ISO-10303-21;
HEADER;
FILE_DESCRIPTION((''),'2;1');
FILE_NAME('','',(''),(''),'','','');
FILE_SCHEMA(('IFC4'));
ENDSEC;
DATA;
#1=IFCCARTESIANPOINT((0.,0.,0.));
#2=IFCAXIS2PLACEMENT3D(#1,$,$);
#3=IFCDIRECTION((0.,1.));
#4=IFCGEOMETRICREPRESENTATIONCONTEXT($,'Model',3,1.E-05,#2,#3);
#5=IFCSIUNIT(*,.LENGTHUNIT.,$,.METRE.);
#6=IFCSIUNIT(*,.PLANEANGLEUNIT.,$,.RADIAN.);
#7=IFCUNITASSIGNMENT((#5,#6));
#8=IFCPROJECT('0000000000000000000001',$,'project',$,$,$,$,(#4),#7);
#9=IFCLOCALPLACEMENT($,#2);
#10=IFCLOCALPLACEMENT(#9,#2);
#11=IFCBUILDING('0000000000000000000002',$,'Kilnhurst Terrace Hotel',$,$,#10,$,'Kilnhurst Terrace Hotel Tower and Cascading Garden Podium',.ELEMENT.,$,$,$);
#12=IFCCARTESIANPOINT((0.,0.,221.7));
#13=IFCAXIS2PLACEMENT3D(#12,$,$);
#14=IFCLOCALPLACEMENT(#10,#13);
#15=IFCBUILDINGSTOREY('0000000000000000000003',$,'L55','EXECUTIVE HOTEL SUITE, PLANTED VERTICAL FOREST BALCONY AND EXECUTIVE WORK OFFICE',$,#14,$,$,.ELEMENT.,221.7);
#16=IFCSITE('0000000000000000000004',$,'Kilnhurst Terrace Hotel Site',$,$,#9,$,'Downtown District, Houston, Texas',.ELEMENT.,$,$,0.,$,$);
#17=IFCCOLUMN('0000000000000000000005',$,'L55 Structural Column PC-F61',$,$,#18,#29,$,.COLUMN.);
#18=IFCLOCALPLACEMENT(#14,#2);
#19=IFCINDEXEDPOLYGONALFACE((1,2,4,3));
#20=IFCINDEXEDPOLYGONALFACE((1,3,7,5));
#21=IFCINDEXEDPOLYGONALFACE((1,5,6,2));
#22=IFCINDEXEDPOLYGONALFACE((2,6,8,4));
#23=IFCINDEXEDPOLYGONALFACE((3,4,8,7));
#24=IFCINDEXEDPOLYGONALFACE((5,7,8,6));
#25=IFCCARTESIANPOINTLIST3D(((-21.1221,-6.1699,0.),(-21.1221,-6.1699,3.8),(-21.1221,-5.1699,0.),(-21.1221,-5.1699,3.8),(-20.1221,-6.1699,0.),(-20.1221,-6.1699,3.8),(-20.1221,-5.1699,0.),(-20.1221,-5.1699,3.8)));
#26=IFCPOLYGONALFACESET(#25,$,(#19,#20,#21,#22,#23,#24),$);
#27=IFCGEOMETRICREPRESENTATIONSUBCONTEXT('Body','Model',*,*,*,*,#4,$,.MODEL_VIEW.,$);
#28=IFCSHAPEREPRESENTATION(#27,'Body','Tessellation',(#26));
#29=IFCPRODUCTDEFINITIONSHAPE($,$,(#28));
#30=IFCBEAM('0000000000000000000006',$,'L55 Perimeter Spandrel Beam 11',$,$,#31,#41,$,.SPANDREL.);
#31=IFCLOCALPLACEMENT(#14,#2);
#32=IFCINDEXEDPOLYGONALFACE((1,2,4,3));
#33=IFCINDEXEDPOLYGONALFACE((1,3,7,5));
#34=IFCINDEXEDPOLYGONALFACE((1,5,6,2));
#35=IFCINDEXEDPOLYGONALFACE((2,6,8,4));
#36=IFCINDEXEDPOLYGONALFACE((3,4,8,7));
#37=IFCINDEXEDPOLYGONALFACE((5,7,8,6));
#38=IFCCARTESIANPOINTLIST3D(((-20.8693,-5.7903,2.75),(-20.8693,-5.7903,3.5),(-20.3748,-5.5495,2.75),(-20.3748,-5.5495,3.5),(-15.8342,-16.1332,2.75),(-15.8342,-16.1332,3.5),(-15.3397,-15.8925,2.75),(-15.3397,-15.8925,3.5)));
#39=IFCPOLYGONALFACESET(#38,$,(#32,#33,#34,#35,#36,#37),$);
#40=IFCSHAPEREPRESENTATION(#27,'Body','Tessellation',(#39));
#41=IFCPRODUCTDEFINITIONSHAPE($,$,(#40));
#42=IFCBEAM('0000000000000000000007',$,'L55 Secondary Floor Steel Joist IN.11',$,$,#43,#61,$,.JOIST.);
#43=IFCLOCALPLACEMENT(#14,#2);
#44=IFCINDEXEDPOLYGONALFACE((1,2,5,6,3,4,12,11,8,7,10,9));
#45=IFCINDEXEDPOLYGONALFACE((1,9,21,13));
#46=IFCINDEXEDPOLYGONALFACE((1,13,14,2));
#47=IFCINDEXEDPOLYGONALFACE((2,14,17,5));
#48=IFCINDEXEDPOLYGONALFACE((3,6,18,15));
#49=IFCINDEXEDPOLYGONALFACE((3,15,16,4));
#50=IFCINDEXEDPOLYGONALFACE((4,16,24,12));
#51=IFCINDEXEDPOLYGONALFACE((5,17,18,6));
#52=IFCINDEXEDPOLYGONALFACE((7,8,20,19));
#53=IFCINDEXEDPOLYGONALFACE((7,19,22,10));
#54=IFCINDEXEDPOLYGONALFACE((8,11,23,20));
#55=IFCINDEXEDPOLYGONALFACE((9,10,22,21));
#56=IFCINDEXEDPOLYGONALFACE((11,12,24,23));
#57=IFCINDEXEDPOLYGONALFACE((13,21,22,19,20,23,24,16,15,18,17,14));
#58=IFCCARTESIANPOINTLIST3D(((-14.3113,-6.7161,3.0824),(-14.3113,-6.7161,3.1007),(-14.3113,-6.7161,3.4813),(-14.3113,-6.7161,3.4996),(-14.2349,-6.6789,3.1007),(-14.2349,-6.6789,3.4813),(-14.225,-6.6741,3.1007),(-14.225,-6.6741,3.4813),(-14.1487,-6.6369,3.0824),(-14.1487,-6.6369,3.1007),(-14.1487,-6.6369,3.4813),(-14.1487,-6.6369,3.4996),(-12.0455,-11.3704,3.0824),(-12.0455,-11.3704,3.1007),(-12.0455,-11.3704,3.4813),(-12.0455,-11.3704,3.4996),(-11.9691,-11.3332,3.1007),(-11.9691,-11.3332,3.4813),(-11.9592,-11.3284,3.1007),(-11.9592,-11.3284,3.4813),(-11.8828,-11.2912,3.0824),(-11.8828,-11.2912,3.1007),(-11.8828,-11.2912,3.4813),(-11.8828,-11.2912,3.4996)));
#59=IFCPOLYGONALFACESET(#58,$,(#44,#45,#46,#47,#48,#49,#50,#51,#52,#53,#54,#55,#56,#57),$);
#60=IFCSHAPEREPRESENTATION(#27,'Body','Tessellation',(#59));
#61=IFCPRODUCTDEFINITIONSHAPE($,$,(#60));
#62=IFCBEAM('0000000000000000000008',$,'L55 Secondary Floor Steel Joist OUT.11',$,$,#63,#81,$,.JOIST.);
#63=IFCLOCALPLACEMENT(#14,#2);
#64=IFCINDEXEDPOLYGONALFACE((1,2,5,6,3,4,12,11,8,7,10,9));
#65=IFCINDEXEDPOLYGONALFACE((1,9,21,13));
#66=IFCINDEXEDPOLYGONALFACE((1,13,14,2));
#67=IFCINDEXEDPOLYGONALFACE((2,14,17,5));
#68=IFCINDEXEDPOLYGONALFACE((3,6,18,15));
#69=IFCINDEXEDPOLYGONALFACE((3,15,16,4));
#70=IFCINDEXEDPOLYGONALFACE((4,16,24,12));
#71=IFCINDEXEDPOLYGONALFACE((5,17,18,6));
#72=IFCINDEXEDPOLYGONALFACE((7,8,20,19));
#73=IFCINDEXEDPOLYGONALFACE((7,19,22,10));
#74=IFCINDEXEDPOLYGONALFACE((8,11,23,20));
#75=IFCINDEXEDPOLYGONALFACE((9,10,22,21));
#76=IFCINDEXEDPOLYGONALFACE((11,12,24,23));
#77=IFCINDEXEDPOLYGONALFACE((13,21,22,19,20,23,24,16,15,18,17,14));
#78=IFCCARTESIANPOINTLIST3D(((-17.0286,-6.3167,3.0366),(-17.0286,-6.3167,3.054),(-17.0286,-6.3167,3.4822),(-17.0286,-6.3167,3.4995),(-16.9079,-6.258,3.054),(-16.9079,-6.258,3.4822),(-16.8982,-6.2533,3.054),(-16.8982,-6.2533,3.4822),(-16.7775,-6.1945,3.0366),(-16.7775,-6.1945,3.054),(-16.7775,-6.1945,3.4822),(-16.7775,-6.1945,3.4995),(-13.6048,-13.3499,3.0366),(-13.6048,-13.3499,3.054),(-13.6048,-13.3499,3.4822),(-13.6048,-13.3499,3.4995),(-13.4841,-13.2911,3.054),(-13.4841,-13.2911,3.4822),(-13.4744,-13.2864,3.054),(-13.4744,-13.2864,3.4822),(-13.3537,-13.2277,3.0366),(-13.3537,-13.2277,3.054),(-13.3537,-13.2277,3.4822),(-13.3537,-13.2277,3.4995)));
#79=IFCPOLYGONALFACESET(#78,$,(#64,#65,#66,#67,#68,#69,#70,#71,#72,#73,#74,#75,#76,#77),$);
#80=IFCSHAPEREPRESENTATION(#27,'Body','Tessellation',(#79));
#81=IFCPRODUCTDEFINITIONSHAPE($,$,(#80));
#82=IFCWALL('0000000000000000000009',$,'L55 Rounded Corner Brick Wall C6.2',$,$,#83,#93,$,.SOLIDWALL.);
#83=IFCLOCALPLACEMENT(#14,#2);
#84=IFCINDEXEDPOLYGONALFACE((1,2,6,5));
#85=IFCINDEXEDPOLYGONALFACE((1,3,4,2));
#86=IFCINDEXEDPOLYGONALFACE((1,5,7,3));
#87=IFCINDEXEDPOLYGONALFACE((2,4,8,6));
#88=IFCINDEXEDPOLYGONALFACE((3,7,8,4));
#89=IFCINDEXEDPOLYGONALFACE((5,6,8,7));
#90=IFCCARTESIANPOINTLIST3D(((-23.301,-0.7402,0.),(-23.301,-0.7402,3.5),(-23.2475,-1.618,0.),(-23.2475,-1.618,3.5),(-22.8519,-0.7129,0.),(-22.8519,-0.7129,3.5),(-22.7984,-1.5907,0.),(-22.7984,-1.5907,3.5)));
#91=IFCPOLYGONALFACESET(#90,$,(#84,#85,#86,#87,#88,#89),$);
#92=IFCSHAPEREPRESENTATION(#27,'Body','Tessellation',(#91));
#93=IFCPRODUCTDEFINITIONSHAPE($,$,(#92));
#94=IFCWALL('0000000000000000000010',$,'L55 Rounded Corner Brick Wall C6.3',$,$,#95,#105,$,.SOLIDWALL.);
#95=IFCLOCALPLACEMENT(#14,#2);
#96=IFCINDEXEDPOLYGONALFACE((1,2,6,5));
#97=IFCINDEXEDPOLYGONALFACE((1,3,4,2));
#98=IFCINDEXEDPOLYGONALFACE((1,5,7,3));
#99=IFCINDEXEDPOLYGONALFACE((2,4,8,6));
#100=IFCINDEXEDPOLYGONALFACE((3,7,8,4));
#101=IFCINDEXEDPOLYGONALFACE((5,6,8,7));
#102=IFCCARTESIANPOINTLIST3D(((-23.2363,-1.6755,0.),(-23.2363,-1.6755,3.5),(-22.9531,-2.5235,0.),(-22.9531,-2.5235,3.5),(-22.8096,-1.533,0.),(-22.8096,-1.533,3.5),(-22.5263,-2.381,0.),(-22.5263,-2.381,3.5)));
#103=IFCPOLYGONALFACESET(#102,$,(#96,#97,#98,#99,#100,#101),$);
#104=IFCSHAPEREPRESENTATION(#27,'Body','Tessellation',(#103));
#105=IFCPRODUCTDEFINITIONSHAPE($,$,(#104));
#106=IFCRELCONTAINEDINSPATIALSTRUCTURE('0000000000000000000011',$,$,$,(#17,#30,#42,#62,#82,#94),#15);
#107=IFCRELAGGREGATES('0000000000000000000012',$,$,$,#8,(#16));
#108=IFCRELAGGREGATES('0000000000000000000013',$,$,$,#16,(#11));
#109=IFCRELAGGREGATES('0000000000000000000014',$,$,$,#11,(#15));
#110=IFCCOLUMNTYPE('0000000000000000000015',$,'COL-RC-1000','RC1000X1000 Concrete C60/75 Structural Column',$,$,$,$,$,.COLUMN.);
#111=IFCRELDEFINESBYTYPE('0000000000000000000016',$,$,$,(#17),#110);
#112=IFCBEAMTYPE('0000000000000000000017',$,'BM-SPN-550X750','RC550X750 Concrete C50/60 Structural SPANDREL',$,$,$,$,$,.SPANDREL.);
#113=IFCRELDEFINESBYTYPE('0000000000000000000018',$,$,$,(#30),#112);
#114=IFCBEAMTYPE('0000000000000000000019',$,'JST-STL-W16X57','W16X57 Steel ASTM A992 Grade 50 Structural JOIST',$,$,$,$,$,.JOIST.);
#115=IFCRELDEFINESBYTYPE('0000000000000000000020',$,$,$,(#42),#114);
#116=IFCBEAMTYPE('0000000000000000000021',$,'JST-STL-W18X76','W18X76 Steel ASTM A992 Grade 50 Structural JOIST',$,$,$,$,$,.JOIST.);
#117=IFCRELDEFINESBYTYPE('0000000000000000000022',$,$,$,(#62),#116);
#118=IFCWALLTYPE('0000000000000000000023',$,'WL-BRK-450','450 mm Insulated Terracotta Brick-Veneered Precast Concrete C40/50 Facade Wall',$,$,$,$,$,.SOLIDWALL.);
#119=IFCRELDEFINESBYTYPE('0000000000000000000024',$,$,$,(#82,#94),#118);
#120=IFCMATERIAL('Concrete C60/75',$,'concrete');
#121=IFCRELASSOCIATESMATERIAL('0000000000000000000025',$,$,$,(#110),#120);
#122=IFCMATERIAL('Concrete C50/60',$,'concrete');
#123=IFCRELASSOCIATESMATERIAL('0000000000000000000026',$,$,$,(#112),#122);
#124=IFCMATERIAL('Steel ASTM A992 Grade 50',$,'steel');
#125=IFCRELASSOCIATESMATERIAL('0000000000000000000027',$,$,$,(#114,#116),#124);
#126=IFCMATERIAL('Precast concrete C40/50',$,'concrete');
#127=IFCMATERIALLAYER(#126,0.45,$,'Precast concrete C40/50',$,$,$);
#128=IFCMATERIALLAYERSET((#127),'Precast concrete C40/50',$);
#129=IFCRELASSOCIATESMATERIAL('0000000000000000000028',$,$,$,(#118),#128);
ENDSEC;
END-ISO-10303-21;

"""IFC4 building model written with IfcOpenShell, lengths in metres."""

from ifc_helpers import new_model, si_unit, direction, frame, frame_2d, origin, origin_2d, place, context, subcontext, project, spatial, rectangle, i_section, extrude, material, layer, layer_set, material_profile, profile_set, type_object, element, save


model = new_model("IFC4")

# Units and contexts
model_context = context("Model", 3, precision=1e-05, world=origin(), true_north=direction((0.0, 1.0)))
body_context = subcontext(model_context, "Body", "Model", "MODEL_VIEW")
ifc_project = project(units=[si_unit("LENGTHUNIT", "METRE"), si_unit("PLANEANGLEUNIT", "RADIAN")], contexts=[model_context])

# Site, building, storey
site_placement = place(None, origin())
site = spatial("IfcSite", under=ifc_project, at=site_placement, Name="Kilnhurst Terrace Hotel Site", LongName="Downtown District, Houston, Texas", CompositionType="ELEMENT", RefElevation=0.0)
building_placement = place(site_placement, origin())
building = spatial("IfcBuilding", under=site, at=building_placement, Name="Kilnhurst Terrace Hotel", LongName="Kilnhurst Terrace Hotel Tower and Cascading Garden Podium", CompositionType="ELEMENT")
storey_placement = place(building_placement, frame((0.0, 0.0, 221.7)))
storey = spatial("IfcBuildingStorey", under=building, at=storey_placement, Name="L55", Description="EXECUTIVE HOTEL SUITE, PLANTED VERTICAL FOREST BALCONY AND EXECUTIVE WORK OFFICE", CompositionType="ELEMENT", Elevation=221.7)

# Column
ifc_material_1 = material(Name="Concrete C60/75", Category="concrete")
ifc_material_profile_1 = material_profile(ifc_material_1, rectangle(XDim=1.0, YDim=1.0, at=origin_2d()), Name="RC1000X1000")
ifc_profile_set_1 = profile_set([ifc_material_profile_1], Name="Concrete C60/75")
column_type = type_object("IfcColumnType", Name="COL-RC-1000", Description="RC1000X1000 Concrete C60/75 Structural Column", PredefinedType="COLUMN", material=ifc_profile_set_1)
column_placement = place(storey_placement, frame((-20.6221, -5.6699, 0.0), z_axis=(0.0, 0.0, 1.0), x_axis=(1.0, 0.0, 0.0)))
element("IfcColumn", 1, at=column_placement, inside=storey, type_object=column_type, Name="L55 Structural Column PC-F61", PredefinedType="COLUMN", context=body_context, shape_type="SweptSolid", body=[
    extrude(rectangle(XDim=1.0, YDim=1.0, at=origin_2d()), origin(), (0.0, 0.0, 1.0), 3.8),
])

# Beams
ifc_material_2 = material(Name="Concrete C50/60", Category="concrete")
ifc_material_profile_2 = material_profile(ifc_material_2, rectangle(XDim=0.55, YDim=0.75, at=origin_2d()), Name="RC550X750")
ifc_profile_set_2 = profile_set([ifc_material_profile_2], Name="Concrete C50/60")
beam_type_1 = type_object("IfcBeamType", Name="BM-SPN-550X750", Description="RC550X750 Concrete C50/60 Structural SPANDREL", PredefinedType="SPANDREL", material=ifc_profile_set_2)
beam_1_placement = place(storey_placement, frame((-20.6221, -5.6699, 3.125), z_axis=(0.437706, -0.899118, 0.0), x_axis=(0.899118, 0.437706, 0.0)))
element("IfcBeam", 2, at=beam_1_placement, inside=storey, type_object=beam_type_1, Name="L55 Perimeter Spandrel Beam 11", PredefinedType="SPANDREL", context=body_context, shape_type="SweptSolid", body=[
    extrude(rectangle(XDim=0.55, YDim=0.75, at=origin_2d()), origin(), (0.0, 0.0, 1.0), 11.5034),
])
ifc_material_3 = material(Name="Steel ASTM A992 Grade 50", Category="steel")
ifc_material_profile_3 = material_profile(ifc_material_3, i_section(OverallWidth=0.1809, OverallDepth=0.4172, WebThickness=0.011, FlangeThickness=0.0183, at=origin_2d()), Name="W16X57")
ifc_profile_set_3 = profile_set([ifc_material_profile_3], Name="Steel ASTM A992 Grade 50")
beam_type_2 = type_object("IfcBeamType", Name="JST-STL-W16X57", Description="W16X57 Steel ASTM A992 Grade 50 Structural JOIST", PredefinedType="JOIST", material=ifc_profile_set_3)
beam_2_placement = place(storey_placement, frame((-14.23, -6.6765, 3.291), z_axis=(0.437718, -0.899112, 0.0), x_axis=(0.899112, 0.437718, 0.0)))
element("IfcBeam", 3, at=beam_2_placement, inside=storey, type_object=beam_type_2, Name="L55 Secondary Floor Steel Joist IN.11", PredefinedType="JOIST", context=body_context, shape_type="SweptSolid", body=[
    extrude(i_section(OverallWidth=0.1809, OverallDepth=0.4172, WebThickness=0.011, FlangeThickness=0.0183, at=origin_2d()), origin(), (0.0, 0.0, 1.0), 5.1765),
])
ifc_material_profile_4 = material_profile(ifc_material_3, i_section(OverallWidth=0.2793, OverallDepth=0.4629, WebThickness=0.0107, FlangeThickness=0.0173, at=origin_2d()), Name="W18X76")
ifc_profile_set_4 = profile_set([ifc_material_profile_4], Name="Steel ASTM A992 Grade 50")
beam_type_3 = type_object("IfcBeamType", Name="JST-STL-W18X76", Description="W18X76 Steel ASTM A992 Grade 50 Structural JOIST", PredefinedType="JOIST", material=ifc_profile_set_4)
beam_3_placement = place(storey_placement, frame((-16.9031, -6.2556, 3.2681), z_axis=(0.4377, -0.899121, 0.0), x_axis=(0.899121, 0.4377, 0.0)))
element("IfcBeam", 4, at=beam_3_placement, inside=storey, type_object=beam_type_3, Name="L55 Secondary Floor Steel Joist OUT.11", PredefinedType="JOIST", context=body_context, shape_type="SweptSolid", body=[
    extrude(i_section(OverallWidth=0.2793, OverallDepth=0.4629, WebThickness=0.0107, FlangeThickness=0.0173, at=origin_2d()), origin(), (0.0, 0.0, 1.0), 7.8223),
])

# Walls
ifc_material_4 = material(Name="Precast concrete C40/50", Category="concrete")
ifc_layer_1 = layer(ifc_material_4, 0.45, Name="Precast concrete C40/50")
ifc_layer_set_1 = layer_set([ifc_layer_1], Name="Precast concrete C40/50")
wall_type_1 = type_object("IfcWallType", Name="WL-BRK-450", Description="450 mm Insulated Terracotta Brick-Veneered Precast Concrete C40/50 Facade Wall", PredefinedType="SOLIDWALL", material=ifc_layer_set_1)
wall_1_placement = place(storey_placement, frame((-23.0764, -0.7266, 0.0), z_axis=(0.0, 0.0, 1.0), x_axis=(0.060805, -0.99815, 0.0)))
element("IfcWall", 5, at=wall_1_placement, inside=storey, type_object=wall_type_1, Name="L55 Rounded Corner Brick Wall C6.2", PredefinedType="SOLIDWALL", context=body_context, shape_type="SweptSolid", body=[
    extrude(rectangle(XDim=0.8794, YDim=0.45, at=frame_2d((0.4397, 0.0))), origin(), (0.0, 0.0, 1.0), 3.5),
])
wall_2_placement = place(storey_placement, frame((-23.0229, -1.6042, 0.0), z_axis=(0.0, 0.0, 1.0), x_axis=(0.316801, -0.948492, 0.0)))
element("IfcWall", 6, at=wall_2_placement, inside=storey, type_object=wall_type_1, Name="L55 Rounded Corner Brick Wall C6.3", PredefinedType="SOLIDWALL", context=body_context, shape_type="SweptSolid", body=[
    extrude(rectangle(XDim=0.894, YDim=0.45, at=frame_2d((0.447, 0.0))), origin(), (0.0, 0.0, 1.0), 3.5),
])

save(model, "model.ifc")
